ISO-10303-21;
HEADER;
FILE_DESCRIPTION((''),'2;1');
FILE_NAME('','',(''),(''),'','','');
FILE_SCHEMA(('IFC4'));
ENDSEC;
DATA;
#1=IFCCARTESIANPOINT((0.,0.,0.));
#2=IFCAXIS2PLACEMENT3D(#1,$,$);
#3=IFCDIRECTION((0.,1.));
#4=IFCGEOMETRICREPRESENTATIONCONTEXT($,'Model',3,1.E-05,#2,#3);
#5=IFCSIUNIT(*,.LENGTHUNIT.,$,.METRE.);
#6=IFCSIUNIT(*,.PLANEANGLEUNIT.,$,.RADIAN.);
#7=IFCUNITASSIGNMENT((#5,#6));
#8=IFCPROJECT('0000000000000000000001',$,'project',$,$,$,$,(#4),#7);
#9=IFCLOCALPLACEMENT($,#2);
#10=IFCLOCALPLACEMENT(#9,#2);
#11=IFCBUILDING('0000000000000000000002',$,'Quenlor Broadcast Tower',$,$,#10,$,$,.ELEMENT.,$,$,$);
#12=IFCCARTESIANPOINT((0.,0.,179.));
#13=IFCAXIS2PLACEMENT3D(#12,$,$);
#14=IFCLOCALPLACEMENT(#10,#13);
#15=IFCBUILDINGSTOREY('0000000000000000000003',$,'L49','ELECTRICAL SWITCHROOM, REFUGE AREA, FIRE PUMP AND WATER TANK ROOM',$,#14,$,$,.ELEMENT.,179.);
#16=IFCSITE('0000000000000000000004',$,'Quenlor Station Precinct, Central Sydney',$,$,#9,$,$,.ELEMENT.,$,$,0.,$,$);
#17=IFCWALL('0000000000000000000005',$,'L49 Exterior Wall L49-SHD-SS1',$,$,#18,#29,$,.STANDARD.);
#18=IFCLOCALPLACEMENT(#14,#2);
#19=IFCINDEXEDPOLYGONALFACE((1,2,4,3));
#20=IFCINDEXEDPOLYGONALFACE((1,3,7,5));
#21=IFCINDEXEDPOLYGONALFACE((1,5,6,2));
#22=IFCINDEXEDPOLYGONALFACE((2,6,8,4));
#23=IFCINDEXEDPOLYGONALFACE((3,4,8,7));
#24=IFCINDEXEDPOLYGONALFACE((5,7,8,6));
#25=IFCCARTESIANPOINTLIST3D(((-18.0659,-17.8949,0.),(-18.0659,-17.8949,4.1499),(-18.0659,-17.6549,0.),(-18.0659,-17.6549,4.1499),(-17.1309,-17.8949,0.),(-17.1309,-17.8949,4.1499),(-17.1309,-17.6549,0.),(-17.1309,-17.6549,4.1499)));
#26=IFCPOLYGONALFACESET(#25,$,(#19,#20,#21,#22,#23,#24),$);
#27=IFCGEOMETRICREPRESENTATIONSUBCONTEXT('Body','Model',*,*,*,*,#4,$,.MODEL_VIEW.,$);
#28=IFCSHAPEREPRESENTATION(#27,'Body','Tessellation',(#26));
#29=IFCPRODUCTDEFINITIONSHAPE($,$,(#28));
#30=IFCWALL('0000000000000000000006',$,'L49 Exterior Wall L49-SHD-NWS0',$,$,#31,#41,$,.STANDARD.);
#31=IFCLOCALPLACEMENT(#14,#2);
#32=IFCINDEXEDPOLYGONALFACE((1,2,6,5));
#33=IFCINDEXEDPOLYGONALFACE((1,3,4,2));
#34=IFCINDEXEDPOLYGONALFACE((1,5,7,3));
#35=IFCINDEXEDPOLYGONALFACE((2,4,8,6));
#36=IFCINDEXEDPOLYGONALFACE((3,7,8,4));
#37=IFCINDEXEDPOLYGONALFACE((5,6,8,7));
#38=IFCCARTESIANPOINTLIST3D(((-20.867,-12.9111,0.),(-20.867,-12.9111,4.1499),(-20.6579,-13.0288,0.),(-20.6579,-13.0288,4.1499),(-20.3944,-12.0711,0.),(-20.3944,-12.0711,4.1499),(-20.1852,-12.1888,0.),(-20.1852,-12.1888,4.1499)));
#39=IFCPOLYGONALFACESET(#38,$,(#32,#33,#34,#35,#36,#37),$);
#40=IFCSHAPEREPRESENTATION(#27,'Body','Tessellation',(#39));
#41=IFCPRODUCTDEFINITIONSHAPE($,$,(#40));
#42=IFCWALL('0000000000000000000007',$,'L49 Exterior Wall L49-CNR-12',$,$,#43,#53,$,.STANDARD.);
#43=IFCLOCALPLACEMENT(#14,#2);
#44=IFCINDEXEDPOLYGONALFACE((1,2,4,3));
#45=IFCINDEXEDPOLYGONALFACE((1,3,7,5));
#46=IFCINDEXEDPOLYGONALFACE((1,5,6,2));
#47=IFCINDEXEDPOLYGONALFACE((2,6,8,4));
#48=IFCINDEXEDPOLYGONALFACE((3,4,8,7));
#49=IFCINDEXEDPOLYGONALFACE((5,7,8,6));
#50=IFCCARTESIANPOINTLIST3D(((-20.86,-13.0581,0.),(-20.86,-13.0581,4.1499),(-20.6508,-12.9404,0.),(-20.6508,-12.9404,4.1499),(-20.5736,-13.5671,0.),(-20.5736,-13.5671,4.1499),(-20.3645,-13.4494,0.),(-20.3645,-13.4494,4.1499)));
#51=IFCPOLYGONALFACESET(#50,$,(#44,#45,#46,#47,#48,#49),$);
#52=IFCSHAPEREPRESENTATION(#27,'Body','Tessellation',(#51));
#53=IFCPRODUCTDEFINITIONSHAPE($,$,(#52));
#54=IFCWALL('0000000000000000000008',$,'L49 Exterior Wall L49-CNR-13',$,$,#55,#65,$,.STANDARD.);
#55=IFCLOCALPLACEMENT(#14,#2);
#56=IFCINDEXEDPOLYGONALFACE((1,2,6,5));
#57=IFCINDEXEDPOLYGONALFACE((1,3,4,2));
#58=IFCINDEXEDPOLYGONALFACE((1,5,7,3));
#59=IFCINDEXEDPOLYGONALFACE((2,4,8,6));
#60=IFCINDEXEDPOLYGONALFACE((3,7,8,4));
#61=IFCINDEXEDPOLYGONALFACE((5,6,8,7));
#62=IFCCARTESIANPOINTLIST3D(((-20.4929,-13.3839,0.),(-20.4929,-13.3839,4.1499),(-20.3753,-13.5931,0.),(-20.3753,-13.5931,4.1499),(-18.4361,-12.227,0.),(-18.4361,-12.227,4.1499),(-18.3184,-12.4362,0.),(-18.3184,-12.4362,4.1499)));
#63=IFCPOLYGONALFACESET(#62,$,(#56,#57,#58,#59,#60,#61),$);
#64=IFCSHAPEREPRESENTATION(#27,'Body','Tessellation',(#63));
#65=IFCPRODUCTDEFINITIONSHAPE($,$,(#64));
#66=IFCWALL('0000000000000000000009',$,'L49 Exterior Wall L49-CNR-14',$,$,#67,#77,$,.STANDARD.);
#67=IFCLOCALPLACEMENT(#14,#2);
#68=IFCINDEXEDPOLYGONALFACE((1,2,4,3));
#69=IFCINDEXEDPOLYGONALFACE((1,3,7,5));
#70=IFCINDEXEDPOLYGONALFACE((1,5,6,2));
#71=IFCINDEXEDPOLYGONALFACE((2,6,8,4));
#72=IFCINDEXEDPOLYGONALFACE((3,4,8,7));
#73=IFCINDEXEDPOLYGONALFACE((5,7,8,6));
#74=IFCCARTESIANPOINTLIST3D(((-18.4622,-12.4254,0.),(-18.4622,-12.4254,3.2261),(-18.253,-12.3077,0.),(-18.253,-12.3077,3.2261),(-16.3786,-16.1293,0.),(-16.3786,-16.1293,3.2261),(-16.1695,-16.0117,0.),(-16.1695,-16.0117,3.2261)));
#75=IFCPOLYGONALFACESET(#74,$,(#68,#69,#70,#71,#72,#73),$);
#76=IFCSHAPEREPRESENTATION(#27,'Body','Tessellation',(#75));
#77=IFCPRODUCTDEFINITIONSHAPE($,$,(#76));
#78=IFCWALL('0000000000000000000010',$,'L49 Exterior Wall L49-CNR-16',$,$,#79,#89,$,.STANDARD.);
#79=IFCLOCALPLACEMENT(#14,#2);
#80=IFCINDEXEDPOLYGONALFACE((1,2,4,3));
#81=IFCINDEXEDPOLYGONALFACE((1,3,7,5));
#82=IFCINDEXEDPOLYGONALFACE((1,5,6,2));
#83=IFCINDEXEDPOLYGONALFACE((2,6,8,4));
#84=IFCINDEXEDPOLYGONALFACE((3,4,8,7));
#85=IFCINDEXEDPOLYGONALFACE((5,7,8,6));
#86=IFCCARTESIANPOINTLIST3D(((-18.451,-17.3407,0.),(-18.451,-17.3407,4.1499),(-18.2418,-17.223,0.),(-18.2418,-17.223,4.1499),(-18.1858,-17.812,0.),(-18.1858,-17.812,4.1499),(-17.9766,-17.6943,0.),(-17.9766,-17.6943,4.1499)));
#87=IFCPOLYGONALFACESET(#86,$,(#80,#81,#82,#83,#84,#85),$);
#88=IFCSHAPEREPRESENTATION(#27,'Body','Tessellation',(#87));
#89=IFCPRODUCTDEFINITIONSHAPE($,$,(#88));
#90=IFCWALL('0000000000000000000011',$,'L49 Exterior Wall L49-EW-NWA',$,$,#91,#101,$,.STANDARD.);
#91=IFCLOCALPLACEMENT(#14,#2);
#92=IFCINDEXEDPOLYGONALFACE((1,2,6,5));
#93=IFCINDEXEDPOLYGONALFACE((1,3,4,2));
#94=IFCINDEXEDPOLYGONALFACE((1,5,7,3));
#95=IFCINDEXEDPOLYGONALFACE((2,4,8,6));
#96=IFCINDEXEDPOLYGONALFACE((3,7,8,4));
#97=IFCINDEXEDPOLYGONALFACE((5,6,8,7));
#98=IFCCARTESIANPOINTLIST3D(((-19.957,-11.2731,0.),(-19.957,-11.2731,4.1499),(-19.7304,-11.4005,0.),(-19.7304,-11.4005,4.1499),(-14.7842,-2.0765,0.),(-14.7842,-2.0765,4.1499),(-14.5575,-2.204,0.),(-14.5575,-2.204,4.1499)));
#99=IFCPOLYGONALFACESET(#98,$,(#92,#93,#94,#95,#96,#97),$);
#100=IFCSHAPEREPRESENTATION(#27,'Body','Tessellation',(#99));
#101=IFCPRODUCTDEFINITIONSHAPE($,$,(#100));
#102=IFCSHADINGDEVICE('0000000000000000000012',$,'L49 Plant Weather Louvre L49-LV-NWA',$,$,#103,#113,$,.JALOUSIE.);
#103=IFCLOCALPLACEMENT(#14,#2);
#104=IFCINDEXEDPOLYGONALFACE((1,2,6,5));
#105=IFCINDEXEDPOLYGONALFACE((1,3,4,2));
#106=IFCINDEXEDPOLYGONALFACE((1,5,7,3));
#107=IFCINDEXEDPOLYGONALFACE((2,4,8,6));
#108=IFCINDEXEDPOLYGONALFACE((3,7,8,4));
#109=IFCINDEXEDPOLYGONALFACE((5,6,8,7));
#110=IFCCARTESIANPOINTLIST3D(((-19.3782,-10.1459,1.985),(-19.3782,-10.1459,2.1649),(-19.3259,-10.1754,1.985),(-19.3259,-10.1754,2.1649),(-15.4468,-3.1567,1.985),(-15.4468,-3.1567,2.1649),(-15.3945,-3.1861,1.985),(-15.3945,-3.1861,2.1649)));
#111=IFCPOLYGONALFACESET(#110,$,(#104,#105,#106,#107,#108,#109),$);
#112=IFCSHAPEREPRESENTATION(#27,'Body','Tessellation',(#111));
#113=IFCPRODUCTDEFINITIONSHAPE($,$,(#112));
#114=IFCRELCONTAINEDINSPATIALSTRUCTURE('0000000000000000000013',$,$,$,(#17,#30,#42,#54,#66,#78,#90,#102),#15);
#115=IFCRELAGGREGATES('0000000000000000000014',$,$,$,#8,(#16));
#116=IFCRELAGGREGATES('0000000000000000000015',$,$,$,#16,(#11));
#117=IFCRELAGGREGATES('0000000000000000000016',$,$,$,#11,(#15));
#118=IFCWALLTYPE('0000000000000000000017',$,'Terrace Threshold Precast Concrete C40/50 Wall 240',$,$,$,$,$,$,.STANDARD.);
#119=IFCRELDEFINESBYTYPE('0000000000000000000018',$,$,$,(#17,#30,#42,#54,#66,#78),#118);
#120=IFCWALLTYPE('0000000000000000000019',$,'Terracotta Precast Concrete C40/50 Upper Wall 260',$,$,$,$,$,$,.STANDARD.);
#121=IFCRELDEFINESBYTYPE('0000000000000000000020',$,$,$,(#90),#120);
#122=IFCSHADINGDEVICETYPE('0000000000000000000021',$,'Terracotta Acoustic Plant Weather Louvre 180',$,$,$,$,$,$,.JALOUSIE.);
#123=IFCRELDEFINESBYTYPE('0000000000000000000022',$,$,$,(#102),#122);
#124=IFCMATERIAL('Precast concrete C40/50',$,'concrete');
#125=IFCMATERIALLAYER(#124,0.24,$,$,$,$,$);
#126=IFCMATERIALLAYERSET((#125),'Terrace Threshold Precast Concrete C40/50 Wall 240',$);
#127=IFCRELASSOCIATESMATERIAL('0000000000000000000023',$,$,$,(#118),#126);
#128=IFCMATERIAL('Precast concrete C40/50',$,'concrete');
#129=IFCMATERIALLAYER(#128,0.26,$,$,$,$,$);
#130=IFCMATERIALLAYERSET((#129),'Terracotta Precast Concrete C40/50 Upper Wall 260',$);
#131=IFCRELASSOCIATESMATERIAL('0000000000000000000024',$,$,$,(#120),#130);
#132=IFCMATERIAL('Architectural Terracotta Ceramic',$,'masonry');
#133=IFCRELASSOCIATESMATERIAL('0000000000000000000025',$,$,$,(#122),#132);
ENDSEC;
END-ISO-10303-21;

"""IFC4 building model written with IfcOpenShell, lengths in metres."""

from ifc_helpers import new_model, si_unit, direction, frame, frame_2d, origin, origin_2d, place, context, subcontext, project, spatial, rectangle, extrude, material, layer, layer_set, material_profile, profile_set, type_object, element, save


model = new_model("IFC4")

# Units and contexts
model_context = context("Model", 3, precision=1e-05, world=origin(), true_north=direction((0.0, 1.0)))
body_context = subcontext(model_context, "Body", "Model", "MODEL_VIEW")
ifc_project = project(units=[si_unit("LENGTHUNIT", "METRE"), si_unit("PLANEANGLEUNIT", "RADIAN")], contexts=[model_context])

# Site, building, storey
site_placement = place(None, origin())
site = spatial("IfcSite", under=ifc_project, at=site_placement, Name="Quenlor Station Precinct, Central Sydney", CompositionType="ELEMENT", RefElevation=0.0)
building_placement = place(site_placement, origin())
building = spatial("IfcBuilding", under=site, at=building_placement, Name="Quenlor Broadcast Tower", CompositionType="ELEMENT")
storey_placement = place(building_placement, frame((0.0, 0.0, 179.0)))
storey = spatial("IfcBuildingStorey", under=building, at=storey_placement, Name="L49", Description="ELECTRICAL SWITCHROOM, REFUGE AREA, FIRE PUMP AND WATER TANK ROOM", CompositionType="ELEMENT", Elevation=179.0)

# Walls
ifc_material_1 = material(Name="Precast concrete C40/50", Category="concrete")
ifc_layer_1 = layer(ifc_material_1, 0.24)
ifc_layer_set_1 = layer_set([ifc_layer_1], Name="Terrace Threshold Precast Concrete C40/50 Wall 240")
wall_type_1 = type_object("IfcWallType", Name="Terrace Threshold Precast Concrete C40/50 Wall 240", PredefinedType="STANDARD", material=ifc_layer_set_1)
wall_1_placement = place(storey_placement, frame((-17.1309, -17.7749, 0.0), z_axis=(0.0, 0.0, 1.0), x_axis=(-1.0, 0.0, 0.0)))
element("IfcWall", 1, at=wall_1_placement, inside=storey, type_object=wall_type_1, Name="L49 Exterior Wall L49-SHD-SS1", PredefinedType="STANDARD", context=body_context, shape_type="SweptSolid", body=[
    extrude(rectangle(XDim=0.9351, YDim=0.24, at=frame_2d((0.4675, 0.0))), origin(), (0.0, 0.0, 1.0), 4.1499),
])
wall_2_placement = place(storey_placement, frame((-20.7625, -12.97, 0.0), z_axis=(0.0, 0.0, 1.0), x_axis=(0.490345, 0.871528, 0.0)))
element("IfcWall", 2, at=wall_2_placement, inside=storey, type_object=wall_type_1, Name="L49 Exterior Wall L49-SHD-NWS0", PredefinedType="STANDARD", context=body_context, shape_type="SweptSolid", body=[
    extrude(rectangle(XDim=0.9639, YDim=0.24, at=frame_2d((0.4819, 0.0))), origin(), (0.0, 0.0, 1.0), 4.1499),
])
wall_3_placement = place(storey_placement, frame((-20.7554, -12.9993, 0.0), z_axis=(0.0, 0.0, 1.0), x_axis=(0.490321, -0.871542, 0.0)))
element("IfcWall", 3, at=wall_3_placement, inside=storey, type_object=wall_type_1, Name="L49 Exterior Wall L49-CNR-12", PredefinedType="STANDARD", context=body_context, shape_type="SweptSolid", body=[
    extrude(rectangle(XDim=0.584, YDim=0.24, at=frame_2d((0.292, 0.0))), origin(), (0.0, 0.0, 1.0), 4.1499),
])
wall_4_placement = place(storey_placement, frame((-20.4341, -13.4885, 0.0), z_axis=(0.0, 0.0, 1.0), x_axis=(0.871578, 0.490256, 0.0)))
element("IfcWall", 4, at=wall_4_placement, inside=storey, type_object=wall_type_1, Name="L49 Exterior Wall L49-CNR-13", PredefinedType="STANDARD", context=body_context, shape_type="SweptSolid", body=[
    extrude(rectangle(XDim=2.3599, YDim=0.24, at=frame_2d((1.1799, 0.0))), origin(), (0.0, 0.0, 1.0), 4.1499),
])
wall_5_placement = place(storey_placement, frame((-18.3577, -12.3665, 0.0), z_axis=(0.0, 0.0, 1.0), x_axis=(0.490275, -0.871568, 0.0)))
element("IfcWall", 5, at=wall_5_placement, inside=storey, type_object=wall_type_1, Name="L49 Exterior Wall L49-CNR-14", PredefinedType="STANDARD", context=body_context, shape_type="SweptSolid", body=[
    extrude(rectangle(XDim=4.2498, YDim=0.24, at=frame_2d((2.125, 0.0))), origin(), (0.0, 0.0, 1.0), 3.2261),
])
wall_6_placement = place(storey_placement, frame((-18.3464, -17.2817, 0.0), z_axis=(0.0, 0.0, 1.0), x_axis=(0.49039, -0.871503, 0.0)))
element("IfcWall", 6, at=wall_6_placement, inside=storey, type_object=wall_type_1, Name="L49 Exterior Wall L49-CNR-16", PredefinedType="STANDARD", context=body_context, shape_type="SweptSolid", body=[
    extrude(rectangle(XDim=0.5408, YDim=0.24, at=frame_2d((0.2705, 0.0))), origin(), (0.0, 0.0, 1.0), 4.1499),
])
ifc_material_2 = material(Name="Precast concrete C40/50", Category="concrete")
ifc_layer_2 = layer(ifc_material_2, 0.26)
ifc_layer_set_2 = layer_set([ifc_layer_2], Name="Terracotta Precast Concrete C40/50 Upper Wall 260")
wall_type_2 = type_object("IfcWallType", Name="Terracotta Precast Concrete C40/50 Upper Wall 260", PredefinedType="STANDARD", material=ifc_layer_set_2)
wall_7_placement = place(storey_placement, frame((-19.8438, -11.3369, 0.0), z_axis=(0.0, 0.0, 1.0), x_axis=(0.490247, 0.871584, 0.0)))
element("IfcWall", 7, at=wall_7_placement, inside=storey, type_object=wall_type_2, Name="L49 Exterior Wall L49-EW-NWA", PredefinedType="STANDARD", context=body_context, shape_type="SweptSolid", body=[
    extrude(rectangle(XDim=10.5515, YDim=0.26, at=frame_2d((5.2759, 0.0))), origin(), (0.0, 0.0, 1.0), 4.1499),
])

# Shading device
ifc_material_3 = material(Name="Architectural Terracotta Ceramic", Category="masonry")
ifc_material_profile_1 = material_profile(ifc_material_3, rectangle(XDim=0.0601, YDim=0.1799, at=origin_2d()))
ifc_profile_set_1 = profile_set([ifc_material_profile_1], Name="Architectural Terracotta Ceramic LVR60x180")
shading_device_type = type_object("IfcShadingDeviceType", Name="Terracotta Acoustic Plant Weather Louvre 180", PredefinedType="JALOUSIE", material=ifc_profile_set_1)
shading_device_placement = place(storey_placement, frame((-19.3521, -10.1606, 2.075), z_axis=(0.490255, 0.871579, 0.0), x_axis=(-0.871579, 0.490255, 0.0)))
element("IfcShadingDevice", 8, at=shading_device_placement, inside=storey, type_object=shading_device_type, Name="L49 Plant Weather Louvre L49-LV-NWA", PredefinedType="JALOUSIE", context=body_context, shape_type="SweptSolid", body=[
    extrude(rectangle(XDim=0.0601, YDim=0.1799, at=origin_2d()), origin(), (0.0, 0.0, 1.0), 8.019),
])

save(model, "model.ifc")
